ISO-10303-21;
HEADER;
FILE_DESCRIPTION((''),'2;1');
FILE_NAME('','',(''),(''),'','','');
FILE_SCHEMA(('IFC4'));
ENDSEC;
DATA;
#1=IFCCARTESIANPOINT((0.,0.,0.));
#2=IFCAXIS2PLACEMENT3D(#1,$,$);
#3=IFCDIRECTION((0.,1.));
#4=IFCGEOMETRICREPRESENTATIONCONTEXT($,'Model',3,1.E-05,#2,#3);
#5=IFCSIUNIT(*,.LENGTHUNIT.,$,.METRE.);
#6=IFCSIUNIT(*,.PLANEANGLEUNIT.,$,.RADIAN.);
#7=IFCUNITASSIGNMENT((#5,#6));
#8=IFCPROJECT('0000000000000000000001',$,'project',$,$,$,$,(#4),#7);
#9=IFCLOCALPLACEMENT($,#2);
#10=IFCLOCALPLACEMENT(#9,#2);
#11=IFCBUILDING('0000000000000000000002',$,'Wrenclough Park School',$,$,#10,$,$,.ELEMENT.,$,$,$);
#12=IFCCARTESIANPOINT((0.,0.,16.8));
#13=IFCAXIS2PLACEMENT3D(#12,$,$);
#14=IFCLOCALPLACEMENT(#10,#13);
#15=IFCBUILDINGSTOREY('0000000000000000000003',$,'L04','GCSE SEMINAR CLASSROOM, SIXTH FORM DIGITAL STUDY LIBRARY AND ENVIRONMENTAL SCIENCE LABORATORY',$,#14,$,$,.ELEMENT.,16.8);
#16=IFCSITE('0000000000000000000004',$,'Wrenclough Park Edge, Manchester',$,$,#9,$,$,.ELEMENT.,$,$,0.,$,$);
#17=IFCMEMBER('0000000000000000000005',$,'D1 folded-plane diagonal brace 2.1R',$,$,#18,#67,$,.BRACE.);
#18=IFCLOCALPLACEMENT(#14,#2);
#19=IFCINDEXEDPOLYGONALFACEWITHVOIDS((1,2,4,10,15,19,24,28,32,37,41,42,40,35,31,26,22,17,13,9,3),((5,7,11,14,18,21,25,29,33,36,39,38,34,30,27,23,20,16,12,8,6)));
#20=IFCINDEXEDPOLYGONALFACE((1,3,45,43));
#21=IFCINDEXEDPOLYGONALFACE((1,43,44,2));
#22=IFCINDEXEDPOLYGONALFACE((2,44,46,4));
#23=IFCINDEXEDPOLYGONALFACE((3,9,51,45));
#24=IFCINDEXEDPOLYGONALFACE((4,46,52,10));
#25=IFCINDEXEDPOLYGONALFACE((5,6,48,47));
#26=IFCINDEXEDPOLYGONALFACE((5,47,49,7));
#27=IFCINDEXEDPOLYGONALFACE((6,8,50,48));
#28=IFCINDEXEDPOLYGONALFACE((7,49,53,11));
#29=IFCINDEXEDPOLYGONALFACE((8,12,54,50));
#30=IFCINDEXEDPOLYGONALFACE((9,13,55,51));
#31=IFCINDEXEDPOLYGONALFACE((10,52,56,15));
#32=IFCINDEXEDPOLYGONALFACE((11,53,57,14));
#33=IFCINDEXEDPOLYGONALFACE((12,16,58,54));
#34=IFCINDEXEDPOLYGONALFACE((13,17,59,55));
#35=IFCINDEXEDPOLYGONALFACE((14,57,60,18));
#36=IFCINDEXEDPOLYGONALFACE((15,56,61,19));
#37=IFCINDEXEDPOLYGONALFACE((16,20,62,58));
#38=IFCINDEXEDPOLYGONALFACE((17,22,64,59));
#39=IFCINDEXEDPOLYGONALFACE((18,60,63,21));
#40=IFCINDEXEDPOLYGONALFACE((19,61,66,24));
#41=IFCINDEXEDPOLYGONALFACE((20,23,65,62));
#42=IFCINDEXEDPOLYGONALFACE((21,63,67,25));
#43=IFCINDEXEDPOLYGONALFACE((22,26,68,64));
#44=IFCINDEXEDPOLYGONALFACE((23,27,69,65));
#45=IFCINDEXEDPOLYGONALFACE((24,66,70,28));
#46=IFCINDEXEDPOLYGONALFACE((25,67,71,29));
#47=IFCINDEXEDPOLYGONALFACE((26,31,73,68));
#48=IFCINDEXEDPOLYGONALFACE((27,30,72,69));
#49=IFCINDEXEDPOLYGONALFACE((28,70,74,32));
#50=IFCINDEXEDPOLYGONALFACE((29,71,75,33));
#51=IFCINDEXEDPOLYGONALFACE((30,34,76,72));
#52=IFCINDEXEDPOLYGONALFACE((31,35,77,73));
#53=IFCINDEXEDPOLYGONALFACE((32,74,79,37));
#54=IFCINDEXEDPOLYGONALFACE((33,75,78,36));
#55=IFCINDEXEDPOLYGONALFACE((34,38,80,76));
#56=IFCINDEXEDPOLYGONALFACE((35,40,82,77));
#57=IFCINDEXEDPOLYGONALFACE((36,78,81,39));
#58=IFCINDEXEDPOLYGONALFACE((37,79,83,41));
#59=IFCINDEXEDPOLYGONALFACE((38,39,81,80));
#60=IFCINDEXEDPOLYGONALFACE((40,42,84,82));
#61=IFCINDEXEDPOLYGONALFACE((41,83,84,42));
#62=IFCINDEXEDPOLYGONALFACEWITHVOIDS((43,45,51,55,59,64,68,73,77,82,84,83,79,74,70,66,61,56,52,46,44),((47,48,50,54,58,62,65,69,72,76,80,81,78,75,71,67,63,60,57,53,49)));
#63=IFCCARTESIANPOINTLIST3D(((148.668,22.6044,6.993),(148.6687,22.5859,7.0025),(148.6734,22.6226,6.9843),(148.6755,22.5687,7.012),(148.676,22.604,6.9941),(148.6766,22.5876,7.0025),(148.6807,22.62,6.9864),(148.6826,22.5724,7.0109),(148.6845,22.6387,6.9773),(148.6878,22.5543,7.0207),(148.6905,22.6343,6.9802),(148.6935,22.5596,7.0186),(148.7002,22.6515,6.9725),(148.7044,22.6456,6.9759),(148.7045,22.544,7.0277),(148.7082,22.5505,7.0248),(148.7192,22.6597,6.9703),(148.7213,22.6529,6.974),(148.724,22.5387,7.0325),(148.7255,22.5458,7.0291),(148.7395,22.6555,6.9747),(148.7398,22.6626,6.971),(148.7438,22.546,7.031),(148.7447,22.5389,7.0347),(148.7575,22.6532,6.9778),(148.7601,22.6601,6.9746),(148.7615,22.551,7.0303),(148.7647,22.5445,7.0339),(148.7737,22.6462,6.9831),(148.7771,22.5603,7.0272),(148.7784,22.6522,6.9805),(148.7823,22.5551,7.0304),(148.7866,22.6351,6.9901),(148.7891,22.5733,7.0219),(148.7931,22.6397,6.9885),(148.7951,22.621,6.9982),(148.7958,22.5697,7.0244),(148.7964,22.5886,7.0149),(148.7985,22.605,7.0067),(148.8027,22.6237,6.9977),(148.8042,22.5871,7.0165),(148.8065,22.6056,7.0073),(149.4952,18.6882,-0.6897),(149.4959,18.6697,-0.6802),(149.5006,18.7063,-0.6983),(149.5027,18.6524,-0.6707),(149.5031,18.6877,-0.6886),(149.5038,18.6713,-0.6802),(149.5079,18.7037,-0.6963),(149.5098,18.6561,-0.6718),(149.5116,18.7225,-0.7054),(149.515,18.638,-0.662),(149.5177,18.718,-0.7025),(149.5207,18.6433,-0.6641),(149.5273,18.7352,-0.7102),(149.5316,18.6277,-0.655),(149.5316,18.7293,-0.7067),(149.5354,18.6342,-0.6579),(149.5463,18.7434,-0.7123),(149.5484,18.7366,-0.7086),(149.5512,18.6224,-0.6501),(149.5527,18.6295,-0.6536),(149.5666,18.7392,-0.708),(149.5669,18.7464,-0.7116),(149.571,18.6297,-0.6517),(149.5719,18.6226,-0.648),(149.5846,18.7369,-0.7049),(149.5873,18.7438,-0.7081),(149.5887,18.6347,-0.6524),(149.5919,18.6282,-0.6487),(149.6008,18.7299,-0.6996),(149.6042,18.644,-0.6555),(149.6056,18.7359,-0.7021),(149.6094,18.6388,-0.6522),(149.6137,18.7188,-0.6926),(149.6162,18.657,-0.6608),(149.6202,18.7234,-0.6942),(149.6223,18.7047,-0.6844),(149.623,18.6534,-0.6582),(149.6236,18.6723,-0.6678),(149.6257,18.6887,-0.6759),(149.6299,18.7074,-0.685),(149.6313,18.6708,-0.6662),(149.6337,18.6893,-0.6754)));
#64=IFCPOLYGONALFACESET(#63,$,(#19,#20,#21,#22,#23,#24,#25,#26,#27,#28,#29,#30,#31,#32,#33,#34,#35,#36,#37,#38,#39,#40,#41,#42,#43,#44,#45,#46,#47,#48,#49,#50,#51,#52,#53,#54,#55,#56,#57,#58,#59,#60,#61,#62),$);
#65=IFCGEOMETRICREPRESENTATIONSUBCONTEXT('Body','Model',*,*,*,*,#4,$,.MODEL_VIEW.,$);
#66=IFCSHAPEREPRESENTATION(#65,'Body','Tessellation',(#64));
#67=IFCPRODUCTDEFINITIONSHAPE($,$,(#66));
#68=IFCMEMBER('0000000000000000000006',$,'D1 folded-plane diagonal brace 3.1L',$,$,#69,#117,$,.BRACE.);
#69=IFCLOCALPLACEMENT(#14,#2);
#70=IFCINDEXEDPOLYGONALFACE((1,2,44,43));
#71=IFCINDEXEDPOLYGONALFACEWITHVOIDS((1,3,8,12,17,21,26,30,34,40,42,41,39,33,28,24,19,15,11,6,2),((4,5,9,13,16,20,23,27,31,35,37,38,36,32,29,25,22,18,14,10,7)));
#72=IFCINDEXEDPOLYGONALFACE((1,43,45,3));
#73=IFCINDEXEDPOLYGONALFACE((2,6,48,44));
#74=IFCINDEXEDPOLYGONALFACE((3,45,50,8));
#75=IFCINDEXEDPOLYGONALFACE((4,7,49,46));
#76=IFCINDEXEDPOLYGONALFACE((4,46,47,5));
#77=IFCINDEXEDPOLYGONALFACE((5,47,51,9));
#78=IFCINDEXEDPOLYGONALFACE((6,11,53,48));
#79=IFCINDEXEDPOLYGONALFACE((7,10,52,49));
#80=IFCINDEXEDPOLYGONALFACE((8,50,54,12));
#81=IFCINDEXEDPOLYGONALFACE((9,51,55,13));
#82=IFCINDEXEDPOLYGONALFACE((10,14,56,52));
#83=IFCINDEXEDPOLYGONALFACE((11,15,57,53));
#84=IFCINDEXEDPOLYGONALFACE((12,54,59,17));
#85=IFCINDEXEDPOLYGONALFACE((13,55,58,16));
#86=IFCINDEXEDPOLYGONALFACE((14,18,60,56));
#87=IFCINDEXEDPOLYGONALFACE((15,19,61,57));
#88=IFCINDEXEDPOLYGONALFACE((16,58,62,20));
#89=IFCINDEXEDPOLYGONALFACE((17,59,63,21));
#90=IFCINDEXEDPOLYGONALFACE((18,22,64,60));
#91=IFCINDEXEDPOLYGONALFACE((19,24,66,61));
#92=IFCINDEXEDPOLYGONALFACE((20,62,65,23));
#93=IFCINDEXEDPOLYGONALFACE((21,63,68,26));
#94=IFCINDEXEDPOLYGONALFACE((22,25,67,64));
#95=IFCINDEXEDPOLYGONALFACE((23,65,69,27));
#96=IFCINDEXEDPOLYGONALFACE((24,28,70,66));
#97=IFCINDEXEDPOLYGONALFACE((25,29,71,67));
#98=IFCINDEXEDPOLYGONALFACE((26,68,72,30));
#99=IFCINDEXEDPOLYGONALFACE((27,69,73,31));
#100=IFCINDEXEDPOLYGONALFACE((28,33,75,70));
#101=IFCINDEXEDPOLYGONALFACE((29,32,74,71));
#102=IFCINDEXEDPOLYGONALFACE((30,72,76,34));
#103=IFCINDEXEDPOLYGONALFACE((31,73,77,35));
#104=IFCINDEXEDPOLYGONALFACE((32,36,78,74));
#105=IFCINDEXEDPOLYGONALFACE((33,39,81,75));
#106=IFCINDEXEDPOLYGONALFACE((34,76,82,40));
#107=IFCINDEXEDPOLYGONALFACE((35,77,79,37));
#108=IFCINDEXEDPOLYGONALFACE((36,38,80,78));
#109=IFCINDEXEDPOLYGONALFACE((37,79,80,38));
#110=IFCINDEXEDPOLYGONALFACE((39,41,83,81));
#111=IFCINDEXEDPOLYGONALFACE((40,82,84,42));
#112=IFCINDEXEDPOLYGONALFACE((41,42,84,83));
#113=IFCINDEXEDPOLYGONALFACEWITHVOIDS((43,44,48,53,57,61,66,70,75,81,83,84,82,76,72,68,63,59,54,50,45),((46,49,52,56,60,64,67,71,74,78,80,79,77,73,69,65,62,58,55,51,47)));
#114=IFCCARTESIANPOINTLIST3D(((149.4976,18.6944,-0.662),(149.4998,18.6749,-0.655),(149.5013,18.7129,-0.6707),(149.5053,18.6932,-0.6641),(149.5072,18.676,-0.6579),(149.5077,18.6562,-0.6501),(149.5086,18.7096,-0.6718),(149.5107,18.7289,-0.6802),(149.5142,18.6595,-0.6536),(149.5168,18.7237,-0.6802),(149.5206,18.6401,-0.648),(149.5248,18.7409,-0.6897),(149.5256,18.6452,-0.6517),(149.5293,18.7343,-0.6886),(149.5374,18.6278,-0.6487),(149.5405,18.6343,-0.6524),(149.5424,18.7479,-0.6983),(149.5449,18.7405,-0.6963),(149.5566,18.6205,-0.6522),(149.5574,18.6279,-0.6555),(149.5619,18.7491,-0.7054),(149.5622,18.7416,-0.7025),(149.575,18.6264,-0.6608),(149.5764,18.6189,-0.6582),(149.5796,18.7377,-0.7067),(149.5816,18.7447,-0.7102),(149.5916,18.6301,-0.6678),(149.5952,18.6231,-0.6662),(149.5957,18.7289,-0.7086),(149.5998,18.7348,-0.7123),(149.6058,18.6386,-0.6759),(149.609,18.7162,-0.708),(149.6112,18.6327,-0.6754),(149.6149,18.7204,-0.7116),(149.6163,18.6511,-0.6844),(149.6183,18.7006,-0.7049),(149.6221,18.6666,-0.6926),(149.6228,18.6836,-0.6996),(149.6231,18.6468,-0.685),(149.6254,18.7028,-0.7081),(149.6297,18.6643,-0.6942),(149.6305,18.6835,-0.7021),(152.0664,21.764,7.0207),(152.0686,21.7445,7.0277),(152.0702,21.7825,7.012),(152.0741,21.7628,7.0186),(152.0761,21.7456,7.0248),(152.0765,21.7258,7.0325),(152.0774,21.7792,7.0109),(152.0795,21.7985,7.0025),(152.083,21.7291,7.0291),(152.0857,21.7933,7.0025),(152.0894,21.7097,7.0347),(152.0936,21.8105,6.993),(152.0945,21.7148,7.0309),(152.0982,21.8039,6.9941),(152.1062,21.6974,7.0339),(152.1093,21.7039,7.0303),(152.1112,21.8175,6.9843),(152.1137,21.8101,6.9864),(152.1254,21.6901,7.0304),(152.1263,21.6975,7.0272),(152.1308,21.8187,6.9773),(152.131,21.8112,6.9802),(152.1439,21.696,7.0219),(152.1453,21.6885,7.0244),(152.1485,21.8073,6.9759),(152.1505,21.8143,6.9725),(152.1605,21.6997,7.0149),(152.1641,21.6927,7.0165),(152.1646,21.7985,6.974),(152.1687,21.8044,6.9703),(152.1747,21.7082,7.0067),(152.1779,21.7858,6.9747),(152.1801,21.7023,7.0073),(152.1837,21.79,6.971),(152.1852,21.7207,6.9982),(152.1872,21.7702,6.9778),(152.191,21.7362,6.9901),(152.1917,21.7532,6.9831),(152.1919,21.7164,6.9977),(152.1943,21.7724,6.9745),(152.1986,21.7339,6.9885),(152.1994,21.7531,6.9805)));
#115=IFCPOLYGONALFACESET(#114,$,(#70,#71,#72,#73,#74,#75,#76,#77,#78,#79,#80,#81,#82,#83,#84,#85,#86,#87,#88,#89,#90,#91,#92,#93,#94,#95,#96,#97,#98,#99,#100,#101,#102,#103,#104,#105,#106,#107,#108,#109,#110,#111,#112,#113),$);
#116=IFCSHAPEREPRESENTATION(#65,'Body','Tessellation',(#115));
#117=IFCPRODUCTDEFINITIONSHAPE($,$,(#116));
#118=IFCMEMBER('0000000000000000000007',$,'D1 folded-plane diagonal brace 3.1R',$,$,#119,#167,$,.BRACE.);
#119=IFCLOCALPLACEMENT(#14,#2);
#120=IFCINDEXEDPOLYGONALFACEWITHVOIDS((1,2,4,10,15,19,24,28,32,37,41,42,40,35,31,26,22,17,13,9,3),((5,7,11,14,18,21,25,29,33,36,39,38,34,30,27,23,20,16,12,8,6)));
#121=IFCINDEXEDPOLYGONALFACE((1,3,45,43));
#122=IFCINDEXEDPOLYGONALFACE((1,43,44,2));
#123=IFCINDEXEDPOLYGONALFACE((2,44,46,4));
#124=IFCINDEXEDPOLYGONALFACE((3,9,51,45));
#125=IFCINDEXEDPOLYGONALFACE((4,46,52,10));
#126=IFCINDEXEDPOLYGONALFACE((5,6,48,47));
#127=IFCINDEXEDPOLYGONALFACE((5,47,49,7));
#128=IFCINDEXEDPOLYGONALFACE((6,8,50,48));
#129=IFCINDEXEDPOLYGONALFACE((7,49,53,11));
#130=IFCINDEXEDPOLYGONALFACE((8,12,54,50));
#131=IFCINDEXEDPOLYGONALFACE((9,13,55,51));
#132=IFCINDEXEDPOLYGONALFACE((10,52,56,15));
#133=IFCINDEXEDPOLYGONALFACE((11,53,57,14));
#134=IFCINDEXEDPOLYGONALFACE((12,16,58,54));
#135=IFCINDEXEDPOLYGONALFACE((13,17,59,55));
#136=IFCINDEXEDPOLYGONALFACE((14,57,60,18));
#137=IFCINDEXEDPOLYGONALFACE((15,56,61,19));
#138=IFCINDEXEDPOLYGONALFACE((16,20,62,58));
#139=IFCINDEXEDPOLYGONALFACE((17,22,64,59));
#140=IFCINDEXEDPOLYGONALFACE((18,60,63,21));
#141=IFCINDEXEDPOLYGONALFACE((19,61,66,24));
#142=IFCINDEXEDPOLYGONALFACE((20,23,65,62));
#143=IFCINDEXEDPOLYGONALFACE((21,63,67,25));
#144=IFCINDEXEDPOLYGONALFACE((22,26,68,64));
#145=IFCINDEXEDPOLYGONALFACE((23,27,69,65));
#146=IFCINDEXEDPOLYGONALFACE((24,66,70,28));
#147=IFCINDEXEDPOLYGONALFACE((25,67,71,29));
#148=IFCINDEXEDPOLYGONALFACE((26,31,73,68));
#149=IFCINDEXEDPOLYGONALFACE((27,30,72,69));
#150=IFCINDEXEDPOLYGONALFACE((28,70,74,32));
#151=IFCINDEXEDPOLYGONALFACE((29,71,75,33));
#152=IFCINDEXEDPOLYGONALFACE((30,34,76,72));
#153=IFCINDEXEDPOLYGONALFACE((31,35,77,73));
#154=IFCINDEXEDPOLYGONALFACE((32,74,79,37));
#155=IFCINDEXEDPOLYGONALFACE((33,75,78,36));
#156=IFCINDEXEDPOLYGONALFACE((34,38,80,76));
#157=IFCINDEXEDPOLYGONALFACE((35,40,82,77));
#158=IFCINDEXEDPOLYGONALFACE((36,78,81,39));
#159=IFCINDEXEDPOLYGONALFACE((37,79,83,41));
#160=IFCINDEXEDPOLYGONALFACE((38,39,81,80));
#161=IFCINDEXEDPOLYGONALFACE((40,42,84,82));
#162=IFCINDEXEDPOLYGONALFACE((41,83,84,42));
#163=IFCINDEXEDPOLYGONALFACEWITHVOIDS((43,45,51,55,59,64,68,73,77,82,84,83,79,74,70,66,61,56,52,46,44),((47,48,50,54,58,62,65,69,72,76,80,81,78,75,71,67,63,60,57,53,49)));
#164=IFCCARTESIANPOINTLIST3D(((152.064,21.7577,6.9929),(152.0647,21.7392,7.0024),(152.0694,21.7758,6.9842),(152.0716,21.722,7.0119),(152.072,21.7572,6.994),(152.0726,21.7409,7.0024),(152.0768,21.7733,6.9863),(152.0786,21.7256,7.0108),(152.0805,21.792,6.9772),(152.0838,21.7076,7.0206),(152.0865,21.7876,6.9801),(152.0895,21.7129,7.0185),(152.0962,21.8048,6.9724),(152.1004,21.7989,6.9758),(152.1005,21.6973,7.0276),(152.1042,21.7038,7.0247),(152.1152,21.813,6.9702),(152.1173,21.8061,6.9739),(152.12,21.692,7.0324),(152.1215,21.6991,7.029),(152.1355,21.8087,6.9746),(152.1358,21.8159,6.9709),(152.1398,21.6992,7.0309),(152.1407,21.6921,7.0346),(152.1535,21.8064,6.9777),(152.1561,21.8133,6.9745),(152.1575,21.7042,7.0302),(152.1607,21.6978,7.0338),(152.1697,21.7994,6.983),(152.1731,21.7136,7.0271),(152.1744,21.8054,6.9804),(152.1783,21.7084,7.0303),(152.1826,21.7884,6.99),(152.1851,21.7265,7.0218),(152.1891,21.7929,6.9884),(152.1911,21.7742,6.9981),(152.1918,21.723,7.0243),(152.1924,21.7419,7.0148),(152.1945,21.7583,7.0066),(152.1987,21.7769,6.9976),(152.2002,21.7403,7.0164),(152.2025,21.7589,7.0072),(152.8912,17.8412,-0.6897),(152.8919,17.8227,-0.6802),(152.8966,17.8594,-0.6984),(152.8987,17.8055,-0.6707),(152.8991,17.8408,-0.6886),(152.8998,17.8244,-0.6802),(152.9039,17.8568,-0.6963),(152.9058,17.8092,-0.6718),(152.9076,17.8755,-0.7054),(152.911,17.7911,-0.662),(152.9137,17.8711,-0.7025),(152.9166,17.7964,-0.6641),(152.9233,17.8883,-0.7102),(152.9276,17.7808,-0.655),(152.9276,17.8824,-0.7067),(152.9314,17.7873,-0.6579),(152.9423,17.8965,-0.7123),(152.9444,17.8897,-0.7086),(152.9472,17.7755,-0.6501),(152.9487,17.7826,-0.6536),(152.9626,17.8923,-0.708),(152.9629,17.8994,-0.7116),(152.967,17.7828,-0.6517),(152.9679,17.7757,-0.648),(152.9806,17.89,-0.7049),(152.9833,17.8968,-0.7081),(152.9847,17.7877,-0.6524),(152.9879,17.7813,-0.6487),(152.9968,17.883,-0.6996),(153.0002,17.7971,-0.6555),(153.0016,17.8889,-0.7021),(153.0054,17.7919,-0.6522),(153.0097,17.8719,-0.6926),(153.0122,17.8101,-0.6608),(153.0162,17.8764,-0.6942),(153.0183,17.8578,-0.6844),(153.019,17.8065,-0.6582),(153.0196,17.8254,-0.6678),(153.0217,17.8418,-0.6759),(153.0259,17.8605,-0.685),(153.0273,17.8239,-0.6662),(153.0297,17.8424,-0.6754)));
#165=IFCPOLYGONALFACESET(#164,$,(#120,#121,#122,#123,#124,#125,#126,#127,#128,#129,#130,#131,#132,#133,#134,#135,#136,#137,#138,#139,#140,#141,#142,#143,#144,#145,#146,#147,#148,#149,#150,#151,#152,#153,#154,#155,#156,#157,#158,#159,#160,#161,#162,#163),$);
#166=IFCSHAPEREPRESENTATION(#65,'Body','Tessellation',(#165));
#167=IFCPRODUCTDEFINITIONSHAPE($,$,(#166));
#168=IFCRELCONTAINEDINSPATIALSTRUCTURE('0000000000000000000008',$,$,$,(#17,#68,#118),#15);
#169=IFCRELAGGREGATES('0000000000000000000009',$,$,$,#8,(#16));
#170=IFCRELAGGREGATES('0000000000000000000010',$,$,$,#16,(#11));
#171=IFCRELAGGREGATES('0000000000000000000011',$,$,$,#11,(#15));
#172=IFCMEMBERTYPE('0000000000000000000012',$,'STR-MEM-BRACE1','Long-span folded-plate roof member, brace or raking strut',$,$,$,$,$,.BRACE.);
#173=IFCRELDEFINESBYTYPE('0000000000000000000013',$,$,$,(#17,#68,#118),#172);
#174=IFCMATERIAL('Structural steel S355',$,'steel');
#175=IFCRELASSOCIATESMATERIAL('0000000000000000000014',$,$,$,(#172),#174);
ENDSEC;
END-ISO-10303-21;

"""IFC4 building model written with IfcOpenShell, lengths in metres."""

from ifc_helpers import new_model, si_unit, direction, frame, origin, origin_2d, place, context, subcontext, project, spatial, hollow_circle, extrude, material, material_profile, profile_set, type_object, element, save


model = new_model("IFC4")

# Units and contexts
model_context = context("Model", 3, precision=1e-05, world=origin(), true_north=direction((0.0, 1.0)))
body_context = subcontext(model_context, "Body", "Model", "MODEL_VIEW")
ifc_project = project(units=[si_unit("LENGTHUNIT", "METRE"), si_unit("PLANEANGLEUNIT", "RADIAN")], contexts=[model_context])

# Site, building, storey
site_placement = place(None, origin())
site = spatial("IfcSite", under=ifc_project, at=site_placement, Name="Wrenclough Park Edge, Manchester", CompositionType="ELEMENT", RefElevation=0.0)
building_placement = place(site_placement, origin())
building = spatial("IfcBuilding", under=site, at=building_placement, Name="Wrenclough Park School", CompositionType="ELEMENT")
storey_placement = place(building_placement, frame((0.0, 0.0, 16.8)))
storey = spatial("IfcBuildingStorey", under=building, at=storey_placement, Name="L04", Description="GCSE SEMINAR CLASSROOM, SIXTH FORM DIGITAL STUDY LIBRARY AND ENVIRONMENTAL SCIENCE LABORATORY", CompositionType="ELEMENT", Elevation=16.8)

# Members
ifc_material_1 = material(Name="Structural steel S355", Category="steel")
ifc_material_profile_1 = material_profile(ifc_material_1, hollow_circle(Radius=0.0698, WallThickness=0.0081, at=origin_2d()), Name="CHS 139.7x8.0")
ifc_profile_set_1 = profile_set([ifc_material_profile_1], Name="Structural steel S355")
member_type_1 = type_object("IfcMemberType", Name="STR-MEM-BRACE1", Description="Long-span folded-plate roof member, brace or raking strut", PredefinedType="BRACE", material=ifc_profile_set_1)
for number, where, z_axis, x_axis, name in (
    (1, (149.5642, 18.6841, -0.6802), (-0.095483, 0.452079, 0.886853), (-0.978415, -0.20665, 0.0), "D1 folded-plane diagonal brace 2.1R"),
    (2, (149.5642, 18.6841, -0.6802), (0.296538, 0.354341, 0.886853), (-0.766885, 0.641785, 0.0), "D1 folded-plane diagonal brace 3.1L"),
    (3, (152.9602, 17.8372, -0.6802), (-0.095482, 0.452101, 0.886842), (-0.978418, -0.206637, 0.0), "D1 folded-plane diagonal brace 3.1R"),
):
    element("IfcMember", number, at=place(storey_placement, frame(where, z_axis=z_axis, x_axis=x_axis)), inside=storey, type_object=member_type_1, Name=name, PredefinedType="BRACE", context=body_context, shape_type="SweptSolid", body=[
        extrude(hollow_circle(Radius=0.0698, WallThickness=0.0081, at=origin_2d()), origin(), (0.0, 0.0, 1.0), 8.6628),
    ])

save(model, "model.ifc")
